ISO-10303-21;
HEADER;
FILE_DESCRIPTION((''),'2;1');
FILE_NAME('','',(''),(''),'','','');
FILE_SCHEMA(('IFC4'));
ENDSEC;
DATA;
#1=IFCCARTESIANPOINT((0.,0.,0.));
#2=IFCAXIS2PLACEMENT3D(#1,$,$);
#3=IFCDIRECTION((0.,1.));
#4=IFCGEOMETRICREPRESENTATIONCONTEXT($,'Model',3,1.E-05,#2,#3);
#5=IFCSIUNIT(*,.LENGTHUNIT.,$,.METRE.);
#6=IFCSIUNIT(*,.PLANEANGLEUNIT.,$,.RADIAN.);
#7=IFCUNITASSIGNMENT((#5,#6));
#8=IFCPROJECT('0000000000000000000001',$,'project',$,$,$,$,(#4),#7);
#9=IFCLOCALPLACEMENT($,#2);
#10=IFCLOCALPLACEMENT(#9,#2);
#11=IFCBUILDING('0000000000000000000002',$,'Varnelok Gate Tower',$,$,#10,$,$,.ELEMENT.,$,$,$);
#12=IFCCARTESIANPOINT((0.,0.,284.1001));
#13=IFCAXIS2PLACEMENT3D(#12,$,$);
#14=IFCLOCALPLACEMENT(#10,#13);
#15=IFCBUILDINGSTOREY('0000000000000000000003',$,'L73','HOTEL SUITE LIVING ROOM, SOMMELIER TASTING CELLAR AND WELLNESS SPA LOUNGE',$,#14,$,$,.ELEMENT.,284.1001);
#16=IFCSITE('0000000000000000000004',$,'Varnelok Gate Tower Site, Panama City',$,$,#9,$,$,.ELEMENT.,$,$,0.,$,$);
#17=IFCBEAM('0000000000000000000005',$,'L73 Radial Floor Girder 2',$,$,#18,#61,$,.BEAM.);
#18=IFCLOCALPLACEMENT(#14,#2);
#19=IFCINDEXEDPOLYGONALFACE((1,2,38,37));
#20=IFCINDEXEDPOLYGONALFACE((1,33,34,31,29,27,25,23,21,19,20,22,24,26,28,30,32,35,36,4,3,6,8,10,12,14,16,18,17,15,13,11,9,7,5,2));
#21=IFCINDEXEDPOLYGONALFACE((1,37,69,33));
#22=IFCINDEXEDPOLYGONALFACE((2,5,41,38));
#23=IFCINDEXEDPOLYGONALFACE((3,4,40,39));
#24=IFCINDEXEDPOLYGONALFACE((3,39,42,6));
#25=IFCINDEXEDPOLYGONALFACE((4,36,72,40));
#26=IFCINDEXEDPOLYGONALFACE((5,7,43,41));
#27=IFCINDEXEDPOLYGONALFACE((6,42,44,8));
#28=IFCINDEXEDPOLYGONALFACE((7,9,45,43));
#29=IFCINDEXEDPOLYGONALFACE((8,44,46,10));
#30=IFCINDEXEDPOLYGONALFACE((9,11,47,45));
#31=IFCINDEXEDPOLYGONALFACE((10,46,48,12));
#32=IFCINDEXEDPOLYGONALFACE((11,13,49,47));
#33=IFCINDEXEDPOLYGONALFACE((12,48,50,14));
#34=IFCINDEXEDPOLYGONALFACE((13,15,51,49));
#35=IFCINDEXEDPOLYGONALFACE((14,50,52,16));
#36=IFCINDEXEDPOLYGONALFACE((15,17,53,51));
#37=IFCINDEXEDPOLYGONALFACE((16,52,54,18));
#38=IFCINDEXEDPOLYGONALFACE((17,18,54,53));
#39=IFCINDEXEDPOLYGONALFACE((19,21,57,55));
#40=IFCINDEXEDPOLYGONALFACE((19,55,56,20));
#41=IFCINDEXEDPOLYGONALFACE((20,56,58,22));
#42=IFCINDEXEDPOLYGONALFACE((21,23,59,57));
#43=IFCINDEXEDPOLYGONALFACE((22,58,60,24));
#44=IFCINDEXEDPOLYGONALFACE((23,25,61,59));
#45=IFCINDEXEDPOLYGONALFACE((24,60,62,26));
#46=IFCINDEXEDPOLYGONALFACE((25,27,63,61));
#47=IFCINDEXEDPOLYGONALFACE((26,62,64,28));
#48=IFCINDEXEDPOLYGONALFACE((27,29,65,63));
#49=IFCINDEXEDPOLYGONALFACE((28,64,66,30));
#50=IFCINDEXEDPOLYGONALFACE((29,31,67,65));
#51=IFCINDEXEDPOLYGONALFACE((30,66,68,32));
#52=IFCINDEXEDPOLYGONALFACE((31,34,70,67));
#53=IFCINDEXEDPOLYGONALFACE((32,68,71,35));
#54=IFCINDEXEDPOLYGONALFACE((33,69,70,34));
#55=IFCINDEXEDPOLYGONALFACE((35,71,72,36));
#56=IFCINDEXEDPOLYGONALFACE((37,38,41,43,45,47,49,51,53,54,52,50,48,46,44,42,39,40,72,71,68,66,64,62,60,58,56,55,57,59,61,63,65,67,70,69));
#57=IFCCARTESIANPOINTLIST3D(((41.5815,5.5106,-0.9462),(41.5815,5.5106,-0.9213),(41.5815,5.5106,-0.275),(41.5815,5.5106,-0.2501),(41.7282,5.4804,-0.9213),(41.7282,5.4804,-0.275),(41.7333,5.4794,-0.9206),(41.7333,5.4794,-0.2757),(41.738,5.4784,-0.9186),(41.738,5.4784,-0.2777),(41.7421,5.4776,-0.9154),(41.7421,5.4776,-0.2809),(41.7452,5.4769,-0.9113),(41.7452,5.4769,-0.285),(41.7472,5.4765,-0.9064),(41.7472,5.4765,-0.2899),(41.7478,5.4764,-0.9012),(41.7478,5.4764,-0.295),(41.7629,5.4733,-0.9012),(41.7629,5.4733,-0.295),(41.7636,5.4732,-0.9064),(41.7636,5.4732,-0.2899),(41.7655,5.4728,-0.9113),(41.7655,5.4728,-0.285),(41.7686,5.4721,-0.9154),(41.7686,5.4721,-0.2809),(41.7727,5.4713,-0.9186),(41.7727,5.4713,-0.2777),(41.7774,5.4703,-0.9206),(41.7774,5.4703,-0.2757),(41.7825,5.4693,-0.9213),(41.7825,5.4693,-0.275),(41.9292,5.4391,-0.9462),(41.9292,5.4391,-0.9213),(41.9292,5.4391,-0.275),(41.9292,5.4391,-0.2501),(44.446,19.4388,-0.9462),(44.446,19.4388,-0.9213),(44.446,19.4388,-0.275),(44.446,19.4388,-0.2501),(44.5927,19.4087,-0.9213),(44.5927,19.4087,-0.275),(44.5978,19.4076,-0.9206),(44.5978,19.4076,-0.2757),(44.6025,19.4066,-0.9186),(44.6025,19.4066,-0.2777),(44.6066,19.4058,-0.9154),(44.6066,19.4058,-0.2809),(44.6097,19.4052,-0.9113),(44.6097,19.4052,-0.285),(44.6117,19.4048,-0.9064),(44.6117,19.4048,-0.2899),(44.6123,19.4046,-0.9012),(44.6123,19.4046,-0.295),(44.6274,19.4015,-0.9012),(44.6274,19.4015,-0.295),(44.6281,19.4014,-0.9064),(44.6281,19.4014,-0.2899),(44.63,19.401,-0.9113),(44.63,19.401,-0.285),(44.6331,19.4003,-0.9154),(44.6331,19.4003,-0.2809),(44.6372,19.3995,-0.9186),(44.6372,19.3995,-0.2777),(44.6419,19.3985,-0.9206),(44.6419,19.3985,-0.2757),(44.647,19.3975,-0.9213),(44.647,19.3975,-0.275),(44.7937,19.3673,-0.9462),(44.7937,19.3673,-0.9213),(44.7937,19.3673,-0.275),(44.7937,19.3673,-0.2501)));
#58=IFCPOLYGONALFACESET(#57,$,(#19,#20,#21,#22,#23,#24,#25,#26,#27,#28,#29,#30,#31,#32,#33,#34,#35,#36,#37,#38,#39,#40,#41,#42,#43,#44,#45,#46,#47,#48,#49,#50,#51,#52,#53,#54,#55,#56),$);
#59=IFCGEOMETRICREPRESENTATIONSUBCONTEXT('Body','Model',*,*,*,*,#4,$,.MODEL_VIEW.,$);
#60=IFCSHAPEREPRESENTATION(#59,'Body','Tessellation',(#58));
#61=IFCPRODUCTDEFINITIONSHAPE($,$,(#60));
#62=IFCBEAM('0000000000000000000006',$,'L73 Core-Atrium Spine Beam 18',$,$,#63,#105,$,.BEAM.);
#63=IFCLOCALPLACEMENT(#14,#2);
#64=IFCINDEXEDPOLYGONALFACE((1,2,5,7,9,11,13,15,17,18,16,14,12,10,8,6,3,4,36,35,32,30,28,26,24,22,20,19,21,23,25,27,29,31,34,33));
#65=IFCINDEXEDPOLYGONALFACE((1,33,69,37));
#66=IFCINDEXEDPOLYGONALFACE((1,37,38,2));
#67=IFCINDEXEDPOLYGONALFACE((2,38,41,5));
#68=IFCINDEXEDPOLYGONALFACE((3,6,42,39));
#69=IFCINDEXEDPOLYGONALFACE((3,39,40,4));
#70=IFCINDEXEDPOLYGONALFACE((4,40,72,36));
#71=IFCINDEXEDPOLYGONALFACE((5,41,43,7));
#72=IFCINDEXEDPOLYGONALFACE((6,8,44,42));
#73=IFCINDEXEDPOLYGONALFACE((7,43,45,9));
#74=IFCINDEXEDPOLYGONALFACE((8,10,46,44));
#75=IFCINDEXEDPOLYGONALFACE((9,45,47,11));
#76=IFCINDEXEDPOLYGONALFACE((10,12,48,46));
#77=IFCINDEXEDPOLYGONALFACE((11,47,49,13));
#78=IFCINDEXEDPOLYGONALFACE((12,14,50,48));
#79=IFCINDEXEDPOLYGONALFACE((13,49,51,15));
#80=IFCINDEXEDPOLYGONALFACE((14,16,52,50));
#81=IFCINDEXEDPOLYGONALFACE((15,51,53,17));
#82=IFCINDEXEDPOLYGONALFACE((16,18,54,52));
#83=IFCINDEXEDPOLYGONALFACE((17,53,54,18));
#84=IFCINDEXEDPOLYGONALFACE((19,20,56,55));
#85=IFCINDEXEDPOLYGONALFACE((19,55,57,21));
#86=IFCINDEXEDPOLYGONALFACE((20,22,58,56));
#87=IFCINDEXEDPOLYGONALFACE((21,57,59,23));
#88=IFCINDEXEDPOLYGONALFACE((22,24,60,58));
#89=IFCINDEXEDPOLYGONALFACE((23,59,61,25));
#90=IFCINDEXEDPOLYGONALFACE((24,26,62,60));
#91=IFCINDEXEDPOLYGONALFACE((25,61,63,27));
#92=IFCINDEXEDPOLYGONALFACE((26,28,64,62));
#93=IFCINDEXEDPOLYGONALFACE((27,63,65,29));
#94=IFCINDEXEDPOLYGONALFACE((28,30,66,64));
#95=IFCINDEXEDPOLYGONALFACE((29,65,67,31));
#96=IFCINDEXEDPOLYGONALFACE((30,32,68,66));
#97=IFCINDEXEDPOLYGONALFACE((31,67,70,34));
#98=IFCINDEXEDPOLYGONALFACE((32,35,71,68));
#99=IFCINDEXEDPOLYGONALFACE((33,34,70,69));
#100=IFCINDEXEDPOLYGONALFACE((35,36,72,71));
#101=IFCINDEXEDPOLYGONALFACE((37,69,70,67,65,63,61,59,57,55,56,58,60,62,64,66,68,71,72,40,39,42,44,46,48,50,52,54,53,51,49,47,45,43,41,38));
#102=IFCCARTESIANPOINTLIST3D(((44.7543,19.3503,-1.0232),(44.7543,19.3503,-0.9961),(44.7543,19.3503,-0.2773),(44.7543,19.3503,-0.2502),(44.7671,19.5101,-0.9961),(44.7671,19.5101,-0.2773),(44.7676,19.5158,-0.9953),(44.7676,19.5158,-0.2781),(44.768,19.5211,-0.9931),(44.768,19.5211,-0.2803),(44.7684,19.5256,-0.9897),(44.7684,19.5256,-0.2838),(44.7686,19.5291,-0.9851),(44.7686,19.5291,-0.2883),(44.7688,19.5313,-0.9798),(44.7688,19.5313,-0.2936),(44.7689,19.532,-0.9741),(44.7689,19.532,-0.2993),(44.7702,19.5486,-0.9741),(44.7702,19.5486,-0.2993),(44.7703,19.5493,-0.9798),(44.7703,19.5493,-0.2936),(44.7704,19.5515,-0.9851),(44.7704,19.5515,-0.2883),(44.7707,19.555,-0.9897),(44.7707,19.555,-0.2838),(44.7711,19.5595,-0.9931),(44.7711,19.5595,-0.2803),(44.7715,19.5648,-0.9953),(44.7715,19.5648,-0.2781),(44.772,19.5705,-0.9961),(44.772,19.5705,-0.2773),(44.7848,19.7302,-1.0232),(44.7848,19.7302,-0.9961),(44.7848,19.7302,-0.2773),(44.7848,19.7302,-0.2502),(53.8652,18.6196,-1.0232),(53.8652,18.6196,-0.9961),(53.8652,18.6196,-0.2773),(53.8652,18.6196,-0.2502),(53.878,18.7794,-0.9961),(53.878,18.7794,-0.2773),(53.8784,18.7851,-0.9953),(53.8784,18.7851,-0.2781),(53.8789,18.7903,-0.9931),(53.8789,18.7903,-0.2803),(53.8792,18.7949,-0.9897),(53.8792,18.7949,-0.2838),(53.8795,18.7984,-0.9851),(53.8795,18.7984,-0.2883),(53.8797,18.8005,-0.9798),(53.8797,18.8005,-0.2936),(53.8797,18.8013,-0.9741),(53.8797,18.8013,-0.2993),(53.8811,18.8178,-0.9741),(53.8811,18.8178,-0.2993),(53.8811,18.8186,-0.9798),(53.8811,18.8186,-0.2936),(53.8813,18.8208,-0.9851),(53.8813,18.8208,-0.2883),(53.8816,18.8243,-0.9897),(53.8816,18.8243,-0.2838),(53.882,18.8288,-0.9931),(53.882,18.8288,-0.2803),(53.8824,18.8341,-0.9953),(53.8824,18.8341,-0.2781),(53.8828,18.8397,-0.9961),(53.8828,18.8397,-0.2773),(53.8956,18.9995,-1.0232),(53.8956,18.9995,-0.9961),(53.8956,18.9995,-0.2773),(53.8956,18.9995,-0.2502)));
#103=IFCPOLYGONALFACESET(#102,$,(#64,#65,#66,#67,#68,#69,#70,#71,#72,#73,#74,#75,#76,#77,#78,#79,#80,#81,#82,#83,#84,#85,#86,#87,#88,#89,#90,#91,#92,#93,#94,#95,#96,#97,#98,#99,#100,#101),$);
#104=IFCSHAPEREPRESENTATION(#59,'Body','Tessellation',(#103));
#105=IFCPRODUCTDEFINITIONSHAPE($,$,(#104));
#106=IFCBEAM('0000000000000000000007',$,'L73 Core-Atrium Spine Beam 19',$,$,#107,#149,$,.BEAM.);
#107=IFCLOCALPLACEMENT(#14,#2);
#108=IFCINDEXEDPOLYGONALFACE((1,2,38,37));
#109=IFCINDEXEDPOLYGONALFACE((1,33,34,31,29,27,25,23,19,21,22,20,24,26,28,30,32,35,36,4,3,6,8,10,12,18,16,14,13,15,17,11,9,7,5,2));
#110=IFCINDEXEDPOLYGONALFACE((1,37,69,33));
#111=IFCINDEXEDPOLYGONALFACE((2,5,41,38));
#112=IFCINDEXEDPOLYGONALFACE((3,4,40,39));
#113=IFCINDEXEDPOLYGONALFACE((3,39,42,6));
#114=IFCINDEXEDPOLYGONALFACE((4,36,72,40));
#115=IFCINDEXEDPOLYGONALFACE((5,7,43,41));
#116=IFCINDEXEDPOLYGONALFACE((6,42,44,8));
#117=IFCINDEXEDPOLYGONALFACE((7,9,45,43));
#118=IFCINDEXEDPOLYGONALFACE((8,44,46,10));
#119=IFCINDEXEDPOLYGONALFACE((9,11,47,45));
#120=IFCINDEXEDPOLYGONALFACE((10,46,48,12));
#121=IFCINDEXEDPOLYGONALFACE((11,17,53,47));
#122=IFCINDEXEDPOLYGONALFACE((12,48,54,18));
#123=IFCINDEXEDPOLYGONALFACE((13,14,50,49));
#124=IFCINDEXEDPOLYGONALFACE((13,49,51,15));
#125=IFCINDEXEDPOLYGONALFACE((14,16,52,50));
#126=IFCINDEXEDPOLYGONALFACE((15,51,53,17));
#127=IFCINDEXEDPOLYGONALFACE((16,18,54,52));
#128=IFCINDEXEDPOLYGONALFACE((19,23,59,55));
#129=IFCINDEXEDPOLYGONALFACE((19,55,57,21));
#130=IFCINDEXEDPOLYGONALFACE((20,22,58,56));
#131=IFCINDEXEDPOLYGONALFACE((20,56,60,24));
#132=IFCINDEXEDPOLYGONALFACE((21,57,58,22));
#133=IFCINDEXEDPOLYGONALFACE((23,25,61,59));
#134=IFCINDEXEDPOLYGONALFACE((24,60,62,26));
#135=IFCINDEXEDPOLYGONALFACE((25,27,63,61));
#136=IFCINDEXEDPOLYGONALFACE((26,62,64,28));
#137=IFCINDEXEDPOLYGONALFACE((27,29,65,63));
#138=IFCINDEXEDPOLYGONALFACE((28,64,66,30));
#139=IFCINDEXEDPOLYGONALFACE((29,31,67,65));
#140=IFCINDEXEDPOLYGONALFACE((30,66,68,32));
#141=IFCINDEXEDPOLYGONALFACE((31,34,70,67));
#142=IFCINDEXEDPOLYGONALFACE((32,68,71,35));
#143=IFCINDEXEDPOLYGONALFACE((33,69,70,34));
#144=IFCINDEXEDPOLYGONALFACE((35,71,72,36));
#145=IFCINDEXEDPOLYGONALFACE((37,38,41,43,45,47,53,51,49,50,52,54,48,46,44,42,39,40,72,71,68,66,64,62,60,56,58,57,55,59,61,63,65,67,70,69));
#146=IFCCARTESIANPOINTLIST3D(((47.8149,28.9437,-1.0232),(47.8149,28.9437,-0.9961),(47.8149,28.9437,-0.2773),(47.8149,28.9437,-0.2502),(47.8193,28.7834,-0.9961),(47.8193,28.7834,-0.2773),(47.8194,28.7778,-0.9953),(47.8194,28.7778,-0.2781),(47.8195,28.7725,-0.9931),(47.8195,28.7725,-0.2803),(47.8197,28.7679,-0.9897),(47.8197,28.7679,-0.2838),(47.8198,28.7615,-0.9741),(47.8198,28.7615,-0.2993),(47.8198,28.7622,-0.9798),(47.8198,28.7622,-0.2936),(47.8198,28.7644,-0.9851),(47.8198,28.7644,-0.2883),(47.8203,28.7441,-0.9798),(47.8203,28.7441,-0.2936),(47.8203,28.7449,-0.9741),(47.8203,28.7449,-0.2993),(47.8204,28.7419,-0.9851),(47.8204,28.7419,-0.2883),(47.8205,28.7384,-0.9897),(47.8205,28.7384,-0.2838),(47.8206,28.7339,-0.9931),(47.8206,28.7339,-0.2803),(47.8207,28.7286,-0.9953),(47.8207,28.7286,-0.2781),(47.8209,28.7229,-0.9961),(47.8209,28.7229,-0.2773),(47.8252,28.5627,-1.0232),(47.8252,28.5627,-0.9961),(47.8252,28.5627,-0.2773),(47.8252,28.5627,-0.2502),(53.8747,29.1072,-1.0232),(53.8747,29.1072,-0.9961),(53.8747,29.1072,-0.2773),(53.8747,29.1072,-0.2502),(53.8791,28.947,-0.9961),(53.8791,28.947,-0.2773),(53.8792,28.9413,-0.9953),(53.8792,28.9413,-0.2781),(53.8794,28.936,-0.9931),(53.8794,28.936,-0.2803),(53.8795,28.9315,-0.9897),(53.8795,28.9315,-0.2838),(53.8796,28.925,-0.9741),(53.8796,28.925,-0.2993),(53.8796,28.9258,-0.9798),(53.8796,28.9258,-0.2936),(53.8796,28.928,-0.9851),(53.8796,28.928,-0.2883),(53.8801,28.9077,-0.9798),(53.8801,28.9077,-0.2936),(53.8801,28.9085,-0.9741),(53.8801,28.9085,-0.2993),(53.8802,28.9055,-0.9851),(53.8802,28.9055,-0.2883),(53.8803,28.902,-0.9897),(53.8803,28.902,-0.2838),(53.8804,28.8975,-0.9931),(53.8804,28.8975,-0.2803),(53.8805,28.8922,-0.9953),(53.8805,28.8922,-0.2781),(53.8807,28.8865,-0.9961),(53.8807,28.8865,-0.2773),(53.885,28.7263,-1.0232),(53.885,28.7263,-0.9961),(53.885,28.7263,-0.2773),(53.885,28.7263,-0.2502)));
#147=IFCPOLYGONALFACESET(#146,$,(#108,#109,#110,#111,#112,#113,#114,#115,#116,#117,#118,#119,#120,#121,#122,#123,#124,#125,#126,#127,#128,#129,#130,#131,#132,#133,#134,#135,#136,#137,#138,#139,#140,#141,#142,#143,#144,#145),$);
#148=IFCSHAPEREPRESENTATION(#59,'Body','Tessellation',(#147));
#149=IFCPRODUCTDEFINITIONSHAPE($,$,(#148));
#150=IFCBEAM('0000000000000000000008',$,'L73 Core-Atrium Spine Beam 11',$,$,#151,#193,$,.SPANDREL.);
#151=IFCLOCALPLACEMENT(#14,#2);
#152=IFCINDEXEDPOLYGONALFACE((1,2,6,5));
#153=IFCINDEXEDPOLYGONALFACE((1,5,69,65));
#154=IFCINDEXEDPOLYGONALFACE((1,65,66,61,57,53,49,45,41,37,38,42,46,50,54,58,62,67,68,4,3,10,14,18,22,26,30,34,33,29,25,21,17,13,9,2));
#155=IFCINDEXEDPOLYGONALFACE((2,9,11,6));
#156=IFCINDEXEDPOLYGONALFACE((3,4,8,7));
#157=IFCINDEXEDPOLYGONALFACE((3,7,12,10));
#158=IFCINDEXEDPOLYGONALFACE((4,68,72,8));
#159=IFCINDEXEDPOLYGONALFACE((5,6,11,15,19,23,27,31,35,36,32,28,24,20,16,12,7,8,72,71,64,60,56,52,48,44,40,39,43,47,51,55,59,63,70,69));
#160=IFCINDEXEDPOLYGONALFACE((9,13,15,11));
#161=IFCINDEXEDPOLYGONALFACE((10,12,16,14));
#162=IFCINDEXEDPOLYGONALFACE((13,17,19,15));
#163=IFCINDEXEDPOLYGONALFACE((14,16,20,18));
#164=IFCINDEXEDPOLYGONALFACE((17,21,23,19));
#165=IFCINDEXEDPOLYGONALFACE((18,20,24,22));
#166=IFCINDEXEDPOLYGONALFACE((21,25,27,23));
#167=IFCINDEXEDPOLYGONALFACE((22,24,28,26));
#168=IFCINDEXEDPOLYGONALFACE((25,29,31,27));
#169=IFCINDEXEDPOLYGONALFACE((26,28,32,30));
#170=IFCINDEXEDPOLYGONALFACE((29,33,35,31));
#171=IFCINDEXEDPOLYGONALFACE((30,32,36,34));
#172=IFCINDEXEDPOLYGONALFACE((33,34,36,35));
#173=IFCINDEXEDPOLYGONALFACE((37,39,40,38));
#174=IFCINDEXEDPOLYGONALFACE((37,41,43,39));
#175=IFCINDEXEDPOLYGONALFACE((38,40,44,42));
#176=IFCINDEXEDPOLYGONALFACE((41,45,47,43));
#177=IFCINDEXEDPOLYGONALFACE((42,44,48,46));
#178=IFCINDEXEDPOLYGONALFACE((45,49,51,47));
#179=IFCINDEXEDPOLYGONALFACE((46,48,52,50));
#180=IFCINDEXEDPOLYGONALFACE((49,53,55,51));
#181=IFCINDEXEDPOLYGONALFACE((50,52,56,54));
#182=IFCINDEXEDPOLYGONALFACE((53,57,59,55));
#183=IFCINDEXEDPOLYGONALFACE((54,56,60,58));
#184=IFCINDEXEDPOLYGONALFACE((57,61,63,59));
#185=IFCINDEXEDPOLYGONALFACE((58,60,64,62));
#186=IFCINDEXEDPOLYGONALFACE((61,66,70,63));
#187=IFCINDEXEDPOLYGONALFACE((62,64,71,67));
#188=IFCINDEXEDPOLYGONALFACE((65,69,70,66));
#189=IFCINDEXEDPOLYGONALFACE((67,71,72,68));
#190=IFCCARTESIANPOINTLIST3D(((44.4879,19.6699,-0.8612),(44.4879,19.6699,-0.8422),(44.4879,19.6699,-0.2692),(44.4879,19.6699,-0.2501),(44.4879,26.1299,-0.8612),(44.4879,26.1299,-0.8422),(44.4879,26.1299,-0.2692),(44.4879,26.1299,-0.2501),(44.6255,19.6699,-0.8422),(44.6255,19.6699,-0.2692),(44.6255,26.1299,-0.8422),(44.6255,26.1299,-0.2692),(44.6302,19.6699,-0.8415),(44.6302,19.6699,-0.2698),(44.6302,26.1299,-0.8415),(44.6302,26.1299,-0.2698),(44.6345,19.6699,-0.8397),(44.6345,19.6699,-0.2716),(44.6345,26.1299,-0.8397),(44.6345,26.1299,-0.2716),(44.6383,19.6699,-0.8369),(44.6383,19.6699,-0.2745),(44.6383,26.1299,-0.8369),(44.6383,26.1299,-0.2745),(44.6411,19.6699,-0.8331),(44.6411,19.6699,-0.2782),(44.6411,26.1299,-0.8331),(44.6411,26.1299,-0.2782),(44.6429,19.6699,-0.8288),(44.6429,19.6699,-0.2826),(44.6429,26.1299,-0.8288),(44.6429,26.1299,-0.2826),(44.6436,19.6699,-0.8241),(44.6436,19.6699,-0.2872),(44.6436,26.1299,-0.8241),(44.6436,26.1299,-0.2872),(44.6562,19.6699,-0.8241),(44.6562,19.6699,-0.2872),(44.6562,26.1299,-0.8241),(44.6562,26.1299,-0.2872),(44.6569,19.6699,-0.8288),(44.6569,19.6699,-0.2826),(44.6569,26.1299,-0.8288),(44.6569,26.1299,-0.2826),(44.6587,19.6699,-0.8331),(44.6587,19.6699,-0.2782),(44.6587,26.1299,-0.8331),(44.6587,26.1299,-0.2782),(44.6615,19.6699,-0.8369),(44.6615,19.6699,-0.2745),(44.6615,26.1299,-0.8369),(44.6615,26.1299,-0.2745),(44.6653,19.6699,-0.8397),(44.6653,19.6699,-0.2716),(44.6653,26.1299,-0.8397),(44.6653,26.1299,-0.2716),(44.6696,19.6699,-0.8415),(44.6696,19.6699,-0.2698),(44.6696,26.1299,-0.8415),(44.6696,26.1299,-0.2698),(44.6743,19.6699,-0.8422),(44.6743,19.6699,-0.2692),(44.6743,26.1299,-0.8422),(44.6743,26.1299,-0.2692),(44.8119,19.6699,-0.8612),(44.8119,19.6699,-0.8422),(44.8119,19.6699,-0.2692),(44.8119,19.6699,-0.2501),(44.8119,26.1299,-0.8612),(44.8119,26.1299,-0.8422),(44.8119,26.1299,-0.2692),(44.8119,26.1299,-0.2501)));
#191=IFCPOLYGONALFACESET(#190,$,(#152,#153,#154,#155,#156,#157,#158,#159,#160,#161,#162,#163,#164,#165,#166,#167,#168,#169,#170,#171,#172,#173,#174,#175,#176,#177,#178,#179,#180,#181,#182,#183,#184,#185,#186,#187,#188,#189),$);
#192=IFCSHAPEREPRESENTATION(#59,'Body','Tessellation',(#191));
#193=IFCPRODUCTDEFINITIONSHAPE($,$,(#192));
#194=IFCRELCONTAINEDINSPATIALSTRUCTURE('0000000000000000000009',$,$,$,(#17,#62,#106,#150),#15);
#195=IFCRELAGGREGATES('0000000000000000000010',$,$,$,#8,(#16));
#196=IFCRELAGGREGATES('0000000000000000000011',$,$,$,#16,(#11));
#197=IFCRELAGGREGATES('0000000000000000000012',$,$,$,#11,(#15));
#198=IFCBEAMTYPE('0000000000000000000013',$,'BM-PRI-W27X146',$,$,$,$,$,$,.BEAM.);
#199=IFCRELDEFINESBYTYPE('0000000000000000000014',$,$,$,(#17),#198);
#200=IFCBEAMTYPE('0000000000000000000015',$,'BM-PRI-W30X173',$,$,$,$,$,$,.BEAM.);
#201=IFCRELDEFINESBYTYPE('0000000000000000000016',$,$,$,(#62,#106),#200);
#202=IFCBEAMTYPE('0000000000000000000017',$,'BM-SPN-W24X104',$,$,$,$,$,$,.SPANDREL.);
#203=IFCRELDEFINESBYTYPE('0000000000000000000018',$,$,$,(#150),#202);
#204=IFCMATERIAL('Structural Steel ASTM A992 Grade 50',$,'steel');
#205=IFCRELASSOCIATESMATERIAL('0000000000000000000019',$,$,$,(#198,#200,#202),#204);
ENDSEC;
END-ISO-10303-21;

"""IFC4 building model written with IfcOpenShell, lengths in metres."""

from ifc_helpers import new_model, si_unit, direction, frame, origin, origin_2d, place, context, subcontext, project, spatial, i_section, extrude, material, material_profile, profile_set, type_object, element, save


model = new_model("IFC4")

# Units and contexts
model_context = context("Model", 3, precision=1e-05, world=origin(), true_north=direction((0.0, 1.0)))
body_context = subcontext(model_context, "Body", "Model", "MODEL_VIEW")
ifc_project = project(units=[si_unit("LENGTHUNIT", "METRE"), si_unit("PLANEANGLEUNIT", "RADIAN")], contexts=[model_context])

# Site, building, storey
site_placement = place(None, origin())
site = spatial("IfcSite", under=ifc_project, at=site_placement, Name="Varnelok Gate Tower Site, Panama City", CompositionType="ELEMENT", RefElevation=0.0)
building_placement = place(site_placement, origin())
building = spatial("IfcBuilding", under=site, at=building_placement, Name="Varnelok Gate Tower", CompositionType="ELEMENT")
storey_placement = place(building_placement, frame((0.0, 0.0, 284.1001)))
storey = spatial("IfcBuildingStorey", under=building, at=storey_placement, Name="L73", Description="HOTEL SUITE LIVING ROOM, SOMMELIER TASTING CELLAR AND WELLNESS SPA LOUNGE", CompositionType="ELEMENT", Elevation=284.1001)

# Shared definitions
ifc_material_1 = material(Name="Structural Steel ASTM A992 Grade 50", Category="steel")

# Beams
ifc_material_profile_1 = material_profile(ifc_material_1, i_section(OverallWidth=0.355, OverallDepth=0.696, WebThickness=0.0154, FlangeThickness=0.0249, FilletRadius=0.02, at=origin_2d()), Name="W27X146")
ifc_profile_set_1 = profile_set([ifc_material_profile_1], Name="Structural Steel ASTM A992 Grade 50")
beam_type_1 = type_object("IfcBeamType", Name="BM-PRI-W27X146", PredefinedType="BEAM", material=ifc_profile_set_1)
beam_1_placement = place(storey_placement, frame((44.6199, 19.4031, -0.5981), z_axis=(-0.201446, -0.9795, 0.0), x_axis=(0.9795, -0.201446, 0.0)))
element("IfcBeam", 1, at=beam_1_placement, inside=storey, type_object=beam_type_1, Name="L73 Radial Floor Girder 2", PredefinedType="BEAM", context=body_context, shape_type="SweptSolid", body=[
    extrude(i_section(OverallWidth=0.355, OverallDepth=0.696, WebThickness=0.0154, FlangeThickness=0.0249, FilletRadius=0.02, at=origin_2d()), origin(), (0.0, 0.0, 1.0), 14.2197),
])
ifc_material_profile_2 = material_profile(ifc_material_1, i_section(OverallWidth=0.3811, OverallDepth=0.7729, WebThickness=0.0166, FlangeThickness=0.0271, FilletRadius=0.022, at=origin_2d()), Name="W30X173")
ifc_profile_set_2 = profile_set([ifc_material_profile_2], Name="Structural Steel ASTM A992 Grade 50")
beam_type_2 = type_object("IfcBeamType", Name="BM-PRI-W30X173", PredefinedType="BEAM", material=ifc_profile_set_2)
beam_2_placement = place(storey_placement, frame((44.7695, 19.5403, -0.6367), z_axis=(0.996799, -0.079946, 0.0), x_axis=(0.079946, 0.996799, 0.0)))
element("IfcBeam", 2, at=beam_2_placement, inside=storey, type_object=beam_type_2, Name="L73 Core-Atrium Spine Beam 18", PredefinedType="BEAM", context=body_context, shape_type="SweptSolid", body=[
    extrude(i_section(OverallWidth=0.3811, OverallDepth=0.7729, WebThickness=0.0166, FlangeThickness=0.0271, FilletRadius=0.022, at=origin_2d()), origin(), (0.0, 0.0, 1.0), 9.1401),
])
beam_3_placement = place(storey_placement, frame((47.8201, 28.7532, -0.6367), z_axis=(0.999636, 0.026983, 0.0), x_axis=(-0.026983, 0.999636, 0.0)))
element("IfcBeam", 3, at=beam_3_placement, inside=storey, type_object=beam_type_2, Name="L73 Core-Atrium Spine Beam 19", PredefinedType="BEAM", context=body_context, shape_type="SweptSolid", body=[
    extrude(i_section(OverallWidth=0.3811, OverallDepth=0.7729, WebThickness=0.0166, FlangeThickness=0.0271, FilletRadius=0.022, at=origin_2d()), origin(), (0.0, 0.0, 1.0), 6.062),
])
ifc_material_profile_3 = material_profile(ifc_material_1, i_section(OverallWidth=0.324, OverallDepth=0.6111, WebThickness=0.0127, FlangeThickness=0.019, FilletRadius=0.0181, at=origin_2d()), Name="W24X104")
ifc_profile_set_3 = profile_set([ifc_material_profile_3], Name="Structural Steel ASTM A992 Grade 50")
beam_type_3 = type_object("IfcBeamType", Name="BM-SPN-W24X104", PredefinedType="SPANDREL", material=ifc_profile_set_3)
beam_4_placement = place(storey_placement, frame((44.6499, 19.6699, -0.5557), z_axis=(0.0, 1.0, 0.0), x_axis=(-1.0, 0.0, 0.0)))
element("IfcBeam", 4, at=beam_4_placement, inside=storey, type_object=beam_type_3, Name="L73 Core-Atrium Spine Beam 11", PredefinedType="SPANDREL", context=body_context, shape_type="SweptSolid", body=[
    extrude(i_section(OverallWidth=0.324, OverallDepth=0.6111, WebThickness=0.0127, FlangeThickness=0.019, FilletRadius=0.0181, at=origin_2d()), origin(), (0.0, 0.0, 1.0), 6.46),
])

save(model, "model.ifc")
